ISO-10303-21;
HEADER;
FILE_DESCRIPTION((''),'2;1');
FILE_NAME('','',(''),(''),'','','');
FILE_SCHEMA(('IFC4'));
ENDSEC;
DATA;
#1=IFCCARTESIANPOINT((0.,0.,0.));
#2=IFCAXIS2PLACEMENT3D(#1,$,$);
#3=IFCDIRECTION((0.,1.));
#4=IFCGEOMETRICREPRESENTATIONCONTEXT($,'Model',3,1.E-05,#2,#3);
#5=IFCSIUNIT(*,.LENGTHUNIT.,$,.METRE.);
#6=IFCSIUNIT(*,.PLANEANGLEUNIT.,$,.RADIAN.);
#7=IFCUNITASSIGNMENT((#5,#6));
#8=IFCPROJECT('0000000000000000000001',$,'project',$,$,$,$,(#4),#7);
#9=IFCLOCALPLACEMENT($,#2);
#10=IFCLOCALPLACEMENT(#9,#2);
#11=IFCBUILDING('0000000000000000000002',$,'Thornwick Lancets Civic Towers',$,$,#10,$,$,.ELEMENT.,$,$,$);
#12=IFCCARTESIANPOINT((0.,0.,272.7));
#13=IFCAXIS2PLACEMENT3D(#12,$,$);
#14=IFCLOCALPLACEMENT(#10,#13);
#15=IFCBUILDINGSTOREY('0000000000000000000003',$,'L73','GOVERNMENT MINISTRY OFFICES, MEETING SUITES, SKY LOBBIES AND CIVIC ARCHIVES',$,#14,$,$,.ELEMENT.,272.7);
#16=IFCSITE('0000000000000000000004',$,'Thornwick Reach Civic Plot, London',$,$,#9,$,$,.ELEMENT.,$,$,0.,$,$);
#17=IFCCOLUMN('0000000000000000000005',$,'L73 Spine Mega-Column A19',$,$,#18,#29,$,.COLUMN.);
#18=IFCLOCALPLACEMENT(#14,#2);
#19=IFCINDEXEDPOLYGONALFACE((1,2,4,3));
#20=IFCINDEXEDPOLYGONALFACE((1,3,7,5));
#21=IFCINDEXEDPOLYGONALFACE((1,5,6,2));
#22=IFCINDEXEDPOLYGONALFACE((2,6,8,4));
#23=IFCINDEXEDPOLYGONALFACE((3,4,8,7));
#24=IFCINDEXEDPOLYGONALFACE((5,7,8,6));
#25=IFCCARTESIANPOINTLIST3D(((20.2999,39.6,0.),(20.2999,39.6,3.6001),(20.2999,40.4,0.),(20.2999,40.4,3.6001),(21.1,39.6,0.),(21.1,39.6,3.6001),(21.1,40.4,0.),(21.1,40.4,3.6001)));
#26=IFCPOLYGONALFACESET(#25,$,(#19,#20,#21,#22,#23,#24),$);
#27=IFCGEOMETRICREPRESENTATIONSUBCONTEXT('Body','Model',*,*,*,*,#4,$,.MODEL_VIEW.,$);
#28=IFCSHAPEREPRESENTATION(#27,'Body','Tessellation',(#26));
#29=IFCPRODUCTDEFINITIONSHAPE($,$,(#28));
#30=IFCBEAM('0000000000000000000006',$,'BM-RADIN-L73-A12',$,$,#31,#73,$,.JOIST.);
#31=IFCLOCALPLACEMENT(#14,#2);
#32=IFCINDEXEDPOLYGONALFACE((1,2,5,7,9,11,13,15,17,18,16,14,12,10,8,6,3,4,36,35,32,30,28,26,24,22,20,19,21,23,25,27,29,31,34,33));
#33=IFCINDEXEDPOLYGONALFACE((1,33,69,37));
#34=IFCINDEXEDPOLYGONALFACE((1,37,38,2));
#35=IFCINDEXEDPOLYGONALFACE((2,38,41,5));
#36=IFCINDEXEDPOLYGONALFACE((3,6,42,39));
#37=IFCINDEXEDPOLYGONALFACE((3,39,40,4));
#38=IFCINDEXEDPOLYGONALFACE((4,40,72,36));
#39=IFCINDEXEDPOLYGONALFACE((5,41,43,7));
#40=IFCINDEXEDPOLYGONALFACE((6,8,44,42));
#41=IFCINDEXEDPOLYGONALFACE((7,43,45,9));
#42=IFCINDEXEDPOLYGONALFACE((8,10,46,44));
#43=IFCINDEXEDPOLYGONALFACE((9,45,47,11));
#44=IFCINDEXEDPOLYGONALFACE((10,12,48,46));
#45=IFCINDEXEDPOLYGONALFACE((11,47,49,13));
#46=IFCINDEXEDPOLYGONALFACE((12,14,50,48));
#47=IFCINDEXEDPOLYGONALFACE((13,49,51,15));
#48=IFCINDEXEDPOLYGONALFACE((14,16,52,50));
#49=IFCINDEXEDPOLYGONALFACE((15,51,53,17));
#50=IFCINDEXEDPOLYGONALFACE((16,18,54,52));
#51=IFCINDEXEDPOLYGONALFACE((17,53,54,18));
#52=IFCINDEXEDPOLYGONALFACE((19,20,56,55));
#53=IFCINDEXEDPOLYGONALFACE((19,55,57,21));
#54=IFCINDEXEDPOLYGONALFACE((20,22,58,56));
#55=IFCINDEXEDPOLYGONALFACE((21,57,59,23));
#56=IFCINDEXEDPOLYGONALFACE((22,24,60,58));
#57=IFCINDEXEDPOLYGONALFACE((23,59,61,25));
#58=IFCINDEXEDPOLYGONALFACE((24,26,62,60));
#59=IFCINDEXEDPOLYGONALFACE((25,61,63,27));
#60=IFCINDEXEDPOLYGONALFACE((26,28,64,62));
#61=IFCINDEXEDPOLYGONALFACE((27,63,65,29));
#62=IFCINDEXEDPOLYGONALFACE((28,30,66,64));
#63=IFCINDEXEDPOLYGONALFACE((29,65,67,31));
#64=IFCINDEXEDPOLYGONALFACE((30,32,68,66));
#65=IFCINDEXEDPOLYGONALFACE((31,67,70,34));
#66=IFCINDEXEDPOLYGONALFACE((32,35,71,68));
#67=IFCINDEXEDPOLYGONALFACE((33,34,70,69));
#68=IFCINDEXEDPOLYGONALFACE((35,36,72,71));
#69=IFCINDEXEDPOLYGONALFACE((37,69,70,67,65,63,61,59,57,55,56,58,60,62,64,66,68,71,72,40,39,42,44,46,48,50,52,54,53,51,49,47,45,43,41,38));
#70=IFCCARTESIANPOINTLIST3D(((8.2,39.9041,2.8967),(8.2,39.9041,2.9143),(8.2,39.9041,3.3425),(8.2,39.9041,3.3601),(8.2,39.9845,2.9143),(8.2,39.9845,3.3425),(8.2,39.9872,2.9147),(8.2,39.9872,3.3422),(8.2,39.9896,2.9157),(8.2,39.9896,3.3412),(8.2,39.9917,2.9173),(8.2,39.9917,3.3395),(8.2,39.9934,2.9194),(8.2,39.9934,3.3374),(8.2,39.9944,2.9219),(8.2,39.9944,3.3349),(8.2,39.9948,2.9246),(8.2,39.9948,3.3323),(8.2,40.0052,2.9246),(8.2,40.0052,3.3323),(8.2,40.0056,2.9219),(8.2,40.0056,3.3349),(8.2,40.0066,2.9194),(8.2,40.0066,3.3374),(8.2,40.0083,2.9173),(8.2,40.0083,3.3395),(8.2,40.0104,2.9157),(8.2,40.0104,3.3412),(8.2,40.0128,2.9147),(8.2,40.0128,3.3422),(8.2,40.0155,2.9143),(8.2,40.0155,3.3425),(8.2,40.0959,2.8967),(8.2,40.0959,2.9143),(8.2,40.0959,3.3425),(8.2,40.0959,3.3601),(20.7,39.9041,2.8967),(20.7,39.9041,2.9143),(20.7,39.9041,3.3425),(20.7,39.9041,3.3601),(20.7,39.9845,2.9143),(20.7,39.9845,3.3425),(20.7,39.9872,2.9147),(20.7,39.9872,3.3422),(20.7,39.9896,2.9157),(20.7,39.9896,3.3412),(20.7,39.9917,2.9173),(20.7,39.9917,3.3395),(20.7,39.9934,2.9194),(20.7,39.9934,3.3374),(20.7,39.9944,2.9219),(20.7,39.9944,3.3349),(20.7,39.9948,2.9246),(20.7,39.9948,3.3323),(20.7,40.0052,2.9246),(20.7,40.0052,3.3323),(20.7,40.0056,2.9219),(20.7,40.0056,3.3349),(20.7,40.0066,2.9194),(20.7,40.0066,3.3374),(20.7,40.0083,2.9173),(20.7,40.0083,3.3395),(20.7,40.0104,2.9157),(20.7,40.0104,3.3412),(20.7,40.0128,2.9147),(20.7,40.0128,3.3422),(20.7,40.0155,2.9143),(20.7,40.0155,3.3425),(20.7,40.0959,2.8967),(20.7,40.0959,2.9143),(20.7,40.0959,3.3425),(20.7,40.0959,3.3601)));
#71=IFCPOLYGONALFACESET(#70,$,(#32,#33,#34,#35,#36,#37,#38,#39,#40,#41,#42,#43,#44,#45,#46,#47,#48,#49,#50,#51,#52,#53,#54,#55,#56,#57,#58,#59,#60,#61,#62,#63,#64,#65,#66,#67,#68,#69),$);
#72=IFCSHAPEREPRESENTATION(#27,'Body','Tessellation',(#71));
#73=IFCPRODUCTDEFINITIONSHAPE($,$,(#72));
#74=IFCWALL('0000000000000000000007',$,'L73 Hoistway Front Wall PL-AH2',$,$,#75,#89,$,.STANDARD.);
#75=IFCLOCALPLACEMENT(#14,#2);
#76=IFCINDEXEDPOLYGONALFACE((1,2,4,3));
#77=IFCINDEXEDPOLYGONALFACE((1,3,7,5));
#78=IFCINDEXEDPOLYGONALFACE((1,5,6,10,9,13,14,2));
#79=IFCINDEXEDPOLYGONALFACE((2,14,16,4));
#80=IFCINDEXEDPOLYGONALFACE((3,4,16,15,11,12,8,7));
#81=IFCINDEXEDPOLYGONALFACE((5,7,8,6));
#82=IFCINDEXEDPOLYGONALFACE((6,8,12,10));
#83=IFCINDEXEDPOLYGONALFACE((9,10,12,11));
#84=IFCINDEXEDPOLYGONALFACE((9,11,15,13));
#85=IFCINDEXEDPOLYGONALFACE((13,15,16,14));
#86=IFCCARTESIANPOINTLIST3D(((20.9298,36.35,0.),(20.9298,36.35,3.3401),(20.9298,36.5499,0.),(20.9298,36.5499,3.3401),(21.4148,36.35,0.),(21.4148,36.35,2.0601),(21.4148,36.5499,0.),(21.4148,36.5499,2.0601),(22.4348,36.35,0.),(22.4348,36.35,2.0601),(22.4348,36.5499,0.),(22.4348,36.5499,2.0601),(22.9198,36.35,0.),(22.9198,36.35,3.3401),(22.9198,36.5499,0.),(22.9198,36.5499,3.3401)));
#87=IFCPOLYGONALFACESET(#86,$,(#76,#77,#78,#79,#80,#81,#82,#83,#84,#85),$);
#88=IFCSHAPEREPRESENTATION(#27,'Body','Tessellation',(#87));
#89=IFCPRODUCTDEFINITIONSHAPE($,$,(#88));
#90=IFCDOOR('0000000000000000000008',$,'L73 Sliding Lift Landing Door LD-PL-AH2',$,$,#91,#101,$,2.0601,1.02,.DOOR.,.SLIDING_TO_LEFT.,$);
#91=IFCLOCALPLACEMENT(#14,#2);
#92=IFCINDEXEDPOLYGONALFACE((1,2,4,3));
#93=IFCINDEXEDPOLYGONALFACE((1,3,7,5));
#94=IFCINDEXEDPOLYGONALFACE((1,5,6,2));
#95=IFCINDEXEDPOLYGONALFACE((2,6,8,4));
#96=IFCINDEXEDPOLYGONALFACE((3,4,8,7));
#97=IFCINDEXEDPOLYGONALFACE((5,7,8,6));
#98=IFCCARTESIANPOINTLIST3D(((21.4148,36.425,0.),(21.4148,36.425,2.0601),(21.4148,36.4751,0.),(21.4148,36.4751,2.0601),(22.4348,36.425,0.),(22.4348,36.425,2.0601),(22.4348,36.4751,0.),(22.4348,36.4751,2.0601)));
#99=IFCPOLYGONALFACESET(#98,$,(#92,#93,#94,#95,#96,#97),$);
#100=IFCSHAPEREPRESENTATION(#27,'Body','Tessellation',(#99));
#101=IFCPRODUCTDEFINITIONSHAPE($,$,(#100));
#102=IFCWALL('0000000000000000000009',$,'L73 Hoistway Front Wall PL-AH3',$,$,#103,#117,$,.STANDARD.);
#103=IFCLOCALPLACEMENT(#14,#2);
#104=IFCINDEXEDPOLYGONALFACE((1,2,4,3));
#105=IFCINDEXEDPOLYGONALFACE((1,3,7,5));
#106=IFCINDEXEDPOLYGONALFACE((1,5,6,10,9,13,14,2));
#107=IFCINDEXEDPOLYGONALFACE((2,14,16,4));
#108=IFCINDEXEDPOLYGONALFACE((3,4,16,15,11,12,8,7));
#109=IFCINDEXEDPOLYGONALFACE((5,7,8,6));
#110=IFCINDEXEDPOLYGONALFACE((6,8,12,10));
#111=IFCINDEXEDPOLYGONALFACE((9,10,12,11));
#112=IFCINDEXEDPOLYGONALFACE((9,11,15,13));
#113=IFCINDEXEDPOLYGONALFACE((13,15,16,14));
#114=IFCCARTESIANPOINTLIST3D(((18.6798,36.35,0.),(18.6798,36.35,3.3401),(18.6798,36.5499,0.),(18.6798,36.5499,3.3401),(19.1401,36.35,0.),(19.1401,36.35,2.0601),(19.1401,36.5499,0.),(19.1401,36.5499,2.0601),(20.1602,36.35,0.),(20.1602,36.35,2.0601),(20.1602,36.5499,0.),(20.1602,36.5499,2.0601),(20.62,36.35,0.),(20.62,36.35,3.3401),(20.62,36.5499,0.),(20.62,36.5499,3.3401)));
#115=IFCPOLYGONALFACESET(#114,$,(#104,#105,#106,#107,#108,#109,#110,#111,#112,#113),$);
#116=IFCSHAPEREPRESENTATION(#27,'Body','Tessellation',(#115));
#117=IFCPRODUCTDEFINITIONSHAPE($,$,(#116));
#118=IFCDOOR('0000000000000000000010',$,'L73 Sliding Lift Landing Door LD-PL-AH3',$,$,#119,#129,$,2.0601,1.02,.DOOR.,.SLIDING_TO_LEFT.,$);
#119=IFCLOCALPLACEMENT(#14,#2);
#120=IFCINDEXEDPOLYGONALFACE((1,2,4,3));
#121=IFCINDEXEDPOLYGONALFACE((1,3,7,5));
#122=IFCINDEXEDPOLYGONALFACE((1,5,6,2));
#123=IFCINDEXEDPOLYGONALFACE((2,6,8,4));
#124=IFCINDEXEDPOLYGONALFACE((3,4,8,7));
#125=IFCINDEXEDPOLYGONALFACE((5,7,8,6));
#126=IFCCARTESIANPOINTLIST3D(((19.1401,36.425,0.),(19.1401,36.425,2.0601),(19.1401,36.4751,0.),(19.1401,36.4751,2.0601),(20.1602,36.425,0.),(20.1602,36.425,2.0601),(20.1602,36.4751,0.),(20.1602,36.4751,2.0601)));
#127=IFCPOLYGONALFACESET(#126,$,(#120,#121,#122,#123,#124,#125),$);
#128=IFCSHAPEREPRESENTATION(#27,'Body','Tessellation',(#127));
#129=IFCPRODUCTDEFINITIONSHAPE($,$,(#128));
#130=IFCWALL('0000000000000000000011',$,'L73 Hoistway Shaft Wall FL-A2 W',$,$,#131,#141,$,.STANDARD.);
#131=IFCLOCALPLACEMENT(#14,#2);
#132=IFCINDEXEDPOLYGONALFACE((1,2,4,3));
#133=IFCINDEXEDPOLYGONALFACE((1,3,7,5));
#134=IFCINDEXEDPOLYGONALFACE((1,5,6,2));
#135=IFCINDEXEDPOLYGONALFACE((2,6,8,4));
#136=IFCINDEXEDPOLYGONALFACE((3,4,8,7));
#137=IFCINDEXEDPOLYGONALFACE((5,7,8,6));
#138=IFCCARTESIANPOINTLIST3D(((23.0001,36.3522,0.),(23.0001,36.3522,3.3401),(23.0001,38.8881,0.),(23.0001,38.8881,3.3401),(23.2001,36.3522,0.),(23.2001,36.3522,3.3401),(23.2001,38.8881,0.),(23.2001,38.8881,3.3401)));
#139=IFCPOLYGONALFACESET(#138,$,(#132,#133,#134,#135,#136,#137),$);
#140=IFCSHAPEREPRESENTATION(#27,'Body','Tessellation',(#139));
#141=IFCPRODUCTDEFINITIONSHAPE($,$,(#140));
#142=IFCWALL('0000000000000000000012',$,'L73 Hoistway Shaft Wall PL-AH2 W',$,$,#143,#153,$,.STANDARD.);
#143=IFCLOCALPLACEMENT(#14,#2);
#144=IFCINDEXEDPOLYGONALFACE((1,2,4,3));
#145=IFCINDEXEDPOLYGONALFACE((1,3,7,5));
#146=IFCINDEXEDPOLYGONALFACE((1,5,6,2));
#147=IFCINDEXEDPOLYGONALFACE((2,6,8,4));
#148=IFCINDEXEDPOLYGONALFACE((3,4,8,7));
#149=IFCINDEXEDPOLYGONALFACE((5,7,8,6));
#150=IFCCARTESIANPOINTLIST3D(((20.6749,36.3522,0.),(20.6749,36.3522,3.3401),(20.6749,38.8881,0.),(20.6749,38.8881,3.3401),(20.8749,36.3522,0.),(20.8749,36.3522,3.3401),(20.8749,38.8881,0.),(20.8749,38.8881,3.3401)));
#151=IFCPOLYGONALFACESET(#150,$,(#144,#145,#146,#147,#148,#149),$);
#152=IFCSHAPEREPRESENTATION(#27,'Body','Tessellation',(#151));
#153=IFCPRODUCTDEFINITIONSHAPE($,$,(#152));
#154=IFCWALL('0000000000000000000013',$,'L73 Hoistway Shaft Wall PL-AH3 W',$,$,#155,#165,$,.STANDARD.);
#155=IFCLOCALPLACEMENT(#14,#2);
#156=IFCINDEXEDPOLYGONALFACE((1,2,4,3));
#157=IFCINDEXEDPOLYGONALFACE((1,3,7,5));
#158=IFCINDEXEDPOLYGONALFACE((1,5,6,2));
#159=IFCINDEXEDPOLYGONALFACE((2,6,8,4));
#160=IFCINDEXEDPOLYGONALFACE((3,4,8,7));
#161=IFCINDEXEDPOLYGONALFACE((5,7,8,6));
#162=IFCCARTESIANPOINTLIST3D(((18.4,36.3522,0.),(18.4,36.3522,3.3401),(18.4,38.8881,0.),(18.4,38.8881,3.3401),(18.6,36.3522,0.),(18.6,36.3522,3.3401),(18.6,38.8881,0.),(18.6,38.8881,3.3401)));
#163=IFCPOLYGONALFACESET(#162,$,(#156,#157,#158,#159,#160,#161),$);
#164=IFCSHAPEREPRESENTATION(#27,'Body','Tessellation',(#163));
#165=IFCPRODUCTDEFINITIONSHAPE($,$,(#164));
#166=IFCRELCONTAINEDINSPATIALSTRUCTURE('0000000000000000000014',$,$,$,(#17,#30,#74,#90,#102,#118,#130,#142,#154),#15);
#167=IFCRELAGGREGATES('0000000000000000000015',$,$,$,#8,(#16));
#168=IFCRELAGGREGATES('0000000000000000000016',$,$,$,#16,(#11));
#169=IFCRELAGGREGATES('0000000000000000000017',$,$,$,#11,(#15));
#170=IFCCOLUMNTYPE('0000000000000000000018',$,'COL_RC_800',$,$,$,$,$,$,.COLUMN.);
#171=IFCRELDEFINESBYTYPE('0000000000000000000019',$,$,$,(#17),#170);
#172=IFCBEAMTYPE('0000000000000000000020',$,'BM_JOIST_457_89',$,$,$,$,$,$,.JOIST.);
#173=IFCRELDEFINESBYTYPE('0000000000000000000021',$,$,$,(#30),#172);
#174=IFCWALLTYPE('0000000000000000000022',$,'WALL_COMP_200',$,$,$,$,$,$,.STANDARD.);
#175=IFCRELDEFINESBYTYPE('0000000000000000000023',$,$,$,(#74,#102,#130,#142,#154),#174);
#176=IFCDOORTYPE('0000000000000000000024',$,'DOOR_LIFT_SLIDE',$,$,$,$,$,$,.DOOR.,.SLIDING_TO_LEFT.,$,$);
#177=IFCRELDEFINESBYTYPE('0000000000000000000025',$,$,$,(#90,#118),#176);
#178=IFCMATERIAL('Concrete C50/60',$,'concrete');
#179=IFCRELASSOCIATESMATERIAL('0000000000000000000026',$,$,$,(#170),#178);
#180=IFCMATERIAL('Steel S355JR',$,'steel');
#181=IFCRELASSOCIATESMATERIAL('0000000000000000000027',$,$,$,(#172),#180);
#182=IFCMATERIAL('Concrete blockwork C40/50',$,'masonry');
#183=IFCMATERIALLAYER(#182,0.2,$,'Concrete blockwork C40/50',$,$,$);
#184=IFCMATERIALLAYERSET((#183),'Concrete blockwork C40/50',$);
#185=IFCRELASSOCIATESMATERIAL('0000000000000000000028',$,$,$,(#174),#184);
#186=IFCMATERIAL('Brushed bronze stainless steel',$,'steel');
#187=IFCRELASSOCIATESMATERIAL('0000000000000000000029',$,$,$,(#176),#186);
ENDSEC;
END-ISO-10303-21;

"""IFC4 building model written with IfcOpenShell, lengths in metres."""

from ifc_helpers import new_model, si_unit, direction, frame, frame_2d, origin, origin_2d, place, context, subcontext, project, spatial, rectangle, i_section, extrude, material, layer, layer_set, material_profile, profile_set, type_object, element, fill, save


model = new_model("IFC4")

# Units and contexts
model_context = context("Model", 3, precision=1e-05, world=origin(), true_north=direction((0.0, 1.0)))
body_context = subcontext(model_context, "Body", "Model", "MODEL_VIEW")
ifc_project = project(units=[si_unit("LENGTHUNIT", "METRE"), si_unit("PLANEANGLEUNIT", "RADIAN")], contexts=[model_context])

# Site, building, storey
site_placement = place(None, origin())
site = spatial("IfcSite", under=ifc_project, at=site_placement, Name="Thornwick Reach Civic Plot, London", CompositionType="ELEMENT", RefElevation=0.0)
building_placement = place(site_placement, origin())
building = spatial("IfcBuilding", under=site, at=building_placement, Name="Thornwick Lancets Civic Towers", CompositionType="ELEMENT")
storey_placement = place(building_placement, frame((0.0, 0.0, 272.7)))
storey = spatial("IfcBuildingStorey", under=building, at=storey_placement, Name="L73", Description="GOVERNMENT MINISTRY OFFICES, MEETING SUITES, SKY LOBBIES AND CIVIC ARCHIVES", CompositionType="ELEMENT", Elevation=272.7)

# Column
ifc_material_1 = material(Name="Concrete C50/60", Category="concrete")
ifc_material_profile_1 = material_profile(ifc_material_1, rectangle(XDim=0.8, YDim=0.8, at=origin_2d()), Name="RC 800x800")
ifc_profile_set_1 = profile_set([ifc_material_profile_1], Name="Concrete C50/60")
column_type = type_object("IfcColumnType", Name="COL_RC_800", PredefinedType="COLUMN", material=ifc_profile_set_1)
column_placement = place(storey_placement, frame((20.7, 40.0, 0.0), z_axis=(0.0, 0.0, 1.0), x_axis=(1.0, 0.0, 0.0)))
element("IfcColumn", 1, at=column_placement, inside=storey, type_object=column_type, Name="L73 Spine Mega-Column A19", PredefinedType="COLUMN", context=body_context, shape_type="SweptSolid", body=[
    extrude(rectangle(XDim=0.8, YDim=0.8, at=origin_2d()), origin(), (0.0, 0.0, 1.0), 3.6001),
])

# Beam
ifc_material_2 = material(Name="Steel S355JR", Category="steel")
ifc_material_profile_2 = material_profile(ifc_material_2, i_section(OverallWidth=0.1919, OverallDepth=0.4634, WebThickness=0.0105, FlangeThickness=0.0176, FilletRadius=0.0103, at=origin_2d()), Name="UKB 457x191x89")
ifc_profile_set_2 = profile_set([ifc_material_profile_2], Name="Steel S355JR")
beam_type = type_object("IfcBeamType", Name="BM_JOIST_457_89", PredefinedType="JOIST", material=ifc_profile_set_2)
beam_placement = place(storey_placement, frame((20.7, 40.0, 3.1284), z_axis=(-1.0, 0.0, 0.0), x_axis=(0.0, -1.0, 0.0)))
element("IfcBeam", 2, at=beam_placement, inside=storey, type_object=beam_type, Name="BM-RADIN-L73-A12", PredefinedType="JOIST", context=body_context, shape_type="SweptSolid", body=[
    extrude(i_section(OverallWidth=0.1919, OverallDepth=0.4634, WebThickness=0.0105, FlangeThickness=0.0176, FilletRadius=0.0103, at=origin_2d()), origin(), (0.0, 0.0, 1.0), 12.5),
])

# Walls, openings, doors
ifc_material_3 = material(Name="Concrete blockwork C40/50", Category="masonry")
ifc_layer_1 = layer(ifc_material_3, 0.2, Name="Concrete blockwork C40/50")
ifc_layer_set_1 = layer_set([ifc_layer_1], Name="Concrete blockwork C40/50")
wall_type_1 = type_object("IfcWallType", Name="WALL_COMP_200", PredefinedType="STANDARD", material=ifc_layer_set_1)
wall_1_placement = place(storey_placement, frame((22.9199, 36.45, 0.0), z_axis=(0.0, 0.0, 1.0), x_axis=(-1.0, 0.0, 0.0)))
wall_1 = element("IfcWall", 3, at=wall_1_placement, inside=storey, type_object=wall_type_1, Name="L73 Hoistway Front Wall PL-AH2", PredefinedType="STANDARD", context=body_context, shape_type="SweptSolid", body=[
    extrude(rectangle(XDim=1.99, YDim=0.2, at=frame_2d((0.9951, 0.0))), origin(), (0.0, 0.0, 1.0), 3.3401),
])
opening_1_placement = place(wall_1_placement, frame((0.4851, 0.0, 0.0)))
opening_1 = element("IfcOpeningElement", 4, at=opening_1_placement, cuts=wall_1, PredefinedType="OPENING", context=body_context, shape_type="SweptSolid", body=[
    extrude(rectangle(XDim=1.02, YDim=2.0601, at=frame_2d((0.51, 1.03))), frame((0.0, 0.1099, 0.0), z_axis=(0.0, -1.0, 0.0), x_axis=(1.0, 0.0, 0.0)), (0.0, 0.0, 1.0), 0.22),
])
ifc_material_4 = material(Name="Brushed bronze stainless steel", Category="steel")
door_type_1 = type_object("IfcDoorType", Name="DOOR_LIFT_SLIDE", OperationType="SLIDING_TO_LEFT", PredefinedType="DOOR", material=ifc_material_4)
door_1_placement = place(opening_1_placement, origin())
door_1 = element("IfcDoor", 5, at=door_1_placement, inside=storey, type_object=door_type_1, Name="L73 Sliding Lift Landing Door LD-PL-AH2", OperationType="SLIDING_TO_LEFT", OverallHeight=2.0601, OverallWidth=1.02, PredefinedType="DOOR", context=body_context, shape_type="SweptSolid", body=[
    extrude(rectangle(XDim=1.02, YDim=2.0601, at=frame_2d((0.51, 1.03))), frame((0.0, 0.0249, 0.0), z_axis=(0.0, -1.0, 0.0), x_axis=(1.0, 0.0, 0.0)), (0.0, 0.0, 1.0), 0.05),
])
fill(opening_1, door_1)
wall_2_placement = place(storey_placement, frame((20.6201, 36.45, 0.0), z_axis=(0.0, 0.0, 1.0), x_axis=(-1.0, 0.0, 0.0)))
wall_2 = element("IfcWall", 6, at=wall_2_placement, inside=storey, type_object=wall_type_1, Name="L73 Hoistway Front Wall PL-AH3", PredefinedType="STANDARD", context=body_context, shape_type="SweptSolid", body=[
    extrude(rectangle(XDim=1.9402, YDim=0.2, at=frame_2d((0.9702, 0.0))), origin(), (0.0, 0.0, 1.0), 3.3401),
])
opening_2_placement = place(wall_2_placement, frame((0.46, 0.0, 0.0)))
opening_2 = element("IfcOpeningElement", 7, at=opening_2_placement, cuts=wall_2, PredefinedType="OPENING", context=body_context, shape_type="SweptSolid", body=[
    extrude(rectangle(XDim=1.02, YDim=2.0601, at=frame_2d((0.51, 1.03))), frame((0.0, 0.1099, 0.0), z_axis=(0.0, -1.0, 0.0), x_axis=(1.0, 0.0, 0.0)), (0.0, 0.0, 1.0), 0.22),
])
door_2_placement = place(opening_2_placement, origin())
door_2 = element("IfcDoor", 8, at=door_2_placement, inside=storey, type_object=door_type_1, Name="L73 Sliding Lift Landing Door LD-PL-AH3", OperationType="SLIDING_TO_LEFT", OverallHeight=2.0601, OverallWidth=1.02, PredefinedType="DOOR", context=body_context, shape_type="SweptSolid", body=[
    extrude(rectangle(XDim=1.02, YDim=2.0601, at=frame_2d((0.51, 1.03))), frame((0.0, 0.0249, 0.0), z_axis=(0.0, -1.0, 0.0), x_axis=(1.0, 0.0, 0.0)), (0.0, 0.0, 1.0), 0.05),
])
fill(opening_2, door_2)

# Walls
for number, where, z_axis, x_axis, name in (
    (9, (23.1001, 36.3521, 0.0), (0.0, 0.0, 1.0), (0.0, 1.0, 0.0), "L73 Hoistway Shaft Wall FL-A2 W"),
    (10, (20.7749, 36.3521, 0.0), (0.0, 0.0, 1.0), (0.0, 1.0, 0.0), "L73 Hoistway Shaft Wall PL-AH2 W"),
    (11, (18.5, 36.3521, 0.0), (0.0, 0.0, 1.0), (0.0, 1.0, 0.0), "L73 Hoistway Shaft Wall PL-AH3 W"),
):
    element("IfcWall", number, at=place(storey_placement, frame(where, z_axis=z_axis, x_axis=x_axis)), inside=storey, type_object=wall_type_1, Name=name, PredefinedType="STANDARD", context=body_context, shape_type="SweptSolid", body=[
        extrude(rectangle(XDim=2.5359, YDim=0.2, at=frame_2d((1.2681, 0.0))), origin(), (0.0, 0.0, 1.0), 3.3401),
    ])

save(model, "model.ifc")
